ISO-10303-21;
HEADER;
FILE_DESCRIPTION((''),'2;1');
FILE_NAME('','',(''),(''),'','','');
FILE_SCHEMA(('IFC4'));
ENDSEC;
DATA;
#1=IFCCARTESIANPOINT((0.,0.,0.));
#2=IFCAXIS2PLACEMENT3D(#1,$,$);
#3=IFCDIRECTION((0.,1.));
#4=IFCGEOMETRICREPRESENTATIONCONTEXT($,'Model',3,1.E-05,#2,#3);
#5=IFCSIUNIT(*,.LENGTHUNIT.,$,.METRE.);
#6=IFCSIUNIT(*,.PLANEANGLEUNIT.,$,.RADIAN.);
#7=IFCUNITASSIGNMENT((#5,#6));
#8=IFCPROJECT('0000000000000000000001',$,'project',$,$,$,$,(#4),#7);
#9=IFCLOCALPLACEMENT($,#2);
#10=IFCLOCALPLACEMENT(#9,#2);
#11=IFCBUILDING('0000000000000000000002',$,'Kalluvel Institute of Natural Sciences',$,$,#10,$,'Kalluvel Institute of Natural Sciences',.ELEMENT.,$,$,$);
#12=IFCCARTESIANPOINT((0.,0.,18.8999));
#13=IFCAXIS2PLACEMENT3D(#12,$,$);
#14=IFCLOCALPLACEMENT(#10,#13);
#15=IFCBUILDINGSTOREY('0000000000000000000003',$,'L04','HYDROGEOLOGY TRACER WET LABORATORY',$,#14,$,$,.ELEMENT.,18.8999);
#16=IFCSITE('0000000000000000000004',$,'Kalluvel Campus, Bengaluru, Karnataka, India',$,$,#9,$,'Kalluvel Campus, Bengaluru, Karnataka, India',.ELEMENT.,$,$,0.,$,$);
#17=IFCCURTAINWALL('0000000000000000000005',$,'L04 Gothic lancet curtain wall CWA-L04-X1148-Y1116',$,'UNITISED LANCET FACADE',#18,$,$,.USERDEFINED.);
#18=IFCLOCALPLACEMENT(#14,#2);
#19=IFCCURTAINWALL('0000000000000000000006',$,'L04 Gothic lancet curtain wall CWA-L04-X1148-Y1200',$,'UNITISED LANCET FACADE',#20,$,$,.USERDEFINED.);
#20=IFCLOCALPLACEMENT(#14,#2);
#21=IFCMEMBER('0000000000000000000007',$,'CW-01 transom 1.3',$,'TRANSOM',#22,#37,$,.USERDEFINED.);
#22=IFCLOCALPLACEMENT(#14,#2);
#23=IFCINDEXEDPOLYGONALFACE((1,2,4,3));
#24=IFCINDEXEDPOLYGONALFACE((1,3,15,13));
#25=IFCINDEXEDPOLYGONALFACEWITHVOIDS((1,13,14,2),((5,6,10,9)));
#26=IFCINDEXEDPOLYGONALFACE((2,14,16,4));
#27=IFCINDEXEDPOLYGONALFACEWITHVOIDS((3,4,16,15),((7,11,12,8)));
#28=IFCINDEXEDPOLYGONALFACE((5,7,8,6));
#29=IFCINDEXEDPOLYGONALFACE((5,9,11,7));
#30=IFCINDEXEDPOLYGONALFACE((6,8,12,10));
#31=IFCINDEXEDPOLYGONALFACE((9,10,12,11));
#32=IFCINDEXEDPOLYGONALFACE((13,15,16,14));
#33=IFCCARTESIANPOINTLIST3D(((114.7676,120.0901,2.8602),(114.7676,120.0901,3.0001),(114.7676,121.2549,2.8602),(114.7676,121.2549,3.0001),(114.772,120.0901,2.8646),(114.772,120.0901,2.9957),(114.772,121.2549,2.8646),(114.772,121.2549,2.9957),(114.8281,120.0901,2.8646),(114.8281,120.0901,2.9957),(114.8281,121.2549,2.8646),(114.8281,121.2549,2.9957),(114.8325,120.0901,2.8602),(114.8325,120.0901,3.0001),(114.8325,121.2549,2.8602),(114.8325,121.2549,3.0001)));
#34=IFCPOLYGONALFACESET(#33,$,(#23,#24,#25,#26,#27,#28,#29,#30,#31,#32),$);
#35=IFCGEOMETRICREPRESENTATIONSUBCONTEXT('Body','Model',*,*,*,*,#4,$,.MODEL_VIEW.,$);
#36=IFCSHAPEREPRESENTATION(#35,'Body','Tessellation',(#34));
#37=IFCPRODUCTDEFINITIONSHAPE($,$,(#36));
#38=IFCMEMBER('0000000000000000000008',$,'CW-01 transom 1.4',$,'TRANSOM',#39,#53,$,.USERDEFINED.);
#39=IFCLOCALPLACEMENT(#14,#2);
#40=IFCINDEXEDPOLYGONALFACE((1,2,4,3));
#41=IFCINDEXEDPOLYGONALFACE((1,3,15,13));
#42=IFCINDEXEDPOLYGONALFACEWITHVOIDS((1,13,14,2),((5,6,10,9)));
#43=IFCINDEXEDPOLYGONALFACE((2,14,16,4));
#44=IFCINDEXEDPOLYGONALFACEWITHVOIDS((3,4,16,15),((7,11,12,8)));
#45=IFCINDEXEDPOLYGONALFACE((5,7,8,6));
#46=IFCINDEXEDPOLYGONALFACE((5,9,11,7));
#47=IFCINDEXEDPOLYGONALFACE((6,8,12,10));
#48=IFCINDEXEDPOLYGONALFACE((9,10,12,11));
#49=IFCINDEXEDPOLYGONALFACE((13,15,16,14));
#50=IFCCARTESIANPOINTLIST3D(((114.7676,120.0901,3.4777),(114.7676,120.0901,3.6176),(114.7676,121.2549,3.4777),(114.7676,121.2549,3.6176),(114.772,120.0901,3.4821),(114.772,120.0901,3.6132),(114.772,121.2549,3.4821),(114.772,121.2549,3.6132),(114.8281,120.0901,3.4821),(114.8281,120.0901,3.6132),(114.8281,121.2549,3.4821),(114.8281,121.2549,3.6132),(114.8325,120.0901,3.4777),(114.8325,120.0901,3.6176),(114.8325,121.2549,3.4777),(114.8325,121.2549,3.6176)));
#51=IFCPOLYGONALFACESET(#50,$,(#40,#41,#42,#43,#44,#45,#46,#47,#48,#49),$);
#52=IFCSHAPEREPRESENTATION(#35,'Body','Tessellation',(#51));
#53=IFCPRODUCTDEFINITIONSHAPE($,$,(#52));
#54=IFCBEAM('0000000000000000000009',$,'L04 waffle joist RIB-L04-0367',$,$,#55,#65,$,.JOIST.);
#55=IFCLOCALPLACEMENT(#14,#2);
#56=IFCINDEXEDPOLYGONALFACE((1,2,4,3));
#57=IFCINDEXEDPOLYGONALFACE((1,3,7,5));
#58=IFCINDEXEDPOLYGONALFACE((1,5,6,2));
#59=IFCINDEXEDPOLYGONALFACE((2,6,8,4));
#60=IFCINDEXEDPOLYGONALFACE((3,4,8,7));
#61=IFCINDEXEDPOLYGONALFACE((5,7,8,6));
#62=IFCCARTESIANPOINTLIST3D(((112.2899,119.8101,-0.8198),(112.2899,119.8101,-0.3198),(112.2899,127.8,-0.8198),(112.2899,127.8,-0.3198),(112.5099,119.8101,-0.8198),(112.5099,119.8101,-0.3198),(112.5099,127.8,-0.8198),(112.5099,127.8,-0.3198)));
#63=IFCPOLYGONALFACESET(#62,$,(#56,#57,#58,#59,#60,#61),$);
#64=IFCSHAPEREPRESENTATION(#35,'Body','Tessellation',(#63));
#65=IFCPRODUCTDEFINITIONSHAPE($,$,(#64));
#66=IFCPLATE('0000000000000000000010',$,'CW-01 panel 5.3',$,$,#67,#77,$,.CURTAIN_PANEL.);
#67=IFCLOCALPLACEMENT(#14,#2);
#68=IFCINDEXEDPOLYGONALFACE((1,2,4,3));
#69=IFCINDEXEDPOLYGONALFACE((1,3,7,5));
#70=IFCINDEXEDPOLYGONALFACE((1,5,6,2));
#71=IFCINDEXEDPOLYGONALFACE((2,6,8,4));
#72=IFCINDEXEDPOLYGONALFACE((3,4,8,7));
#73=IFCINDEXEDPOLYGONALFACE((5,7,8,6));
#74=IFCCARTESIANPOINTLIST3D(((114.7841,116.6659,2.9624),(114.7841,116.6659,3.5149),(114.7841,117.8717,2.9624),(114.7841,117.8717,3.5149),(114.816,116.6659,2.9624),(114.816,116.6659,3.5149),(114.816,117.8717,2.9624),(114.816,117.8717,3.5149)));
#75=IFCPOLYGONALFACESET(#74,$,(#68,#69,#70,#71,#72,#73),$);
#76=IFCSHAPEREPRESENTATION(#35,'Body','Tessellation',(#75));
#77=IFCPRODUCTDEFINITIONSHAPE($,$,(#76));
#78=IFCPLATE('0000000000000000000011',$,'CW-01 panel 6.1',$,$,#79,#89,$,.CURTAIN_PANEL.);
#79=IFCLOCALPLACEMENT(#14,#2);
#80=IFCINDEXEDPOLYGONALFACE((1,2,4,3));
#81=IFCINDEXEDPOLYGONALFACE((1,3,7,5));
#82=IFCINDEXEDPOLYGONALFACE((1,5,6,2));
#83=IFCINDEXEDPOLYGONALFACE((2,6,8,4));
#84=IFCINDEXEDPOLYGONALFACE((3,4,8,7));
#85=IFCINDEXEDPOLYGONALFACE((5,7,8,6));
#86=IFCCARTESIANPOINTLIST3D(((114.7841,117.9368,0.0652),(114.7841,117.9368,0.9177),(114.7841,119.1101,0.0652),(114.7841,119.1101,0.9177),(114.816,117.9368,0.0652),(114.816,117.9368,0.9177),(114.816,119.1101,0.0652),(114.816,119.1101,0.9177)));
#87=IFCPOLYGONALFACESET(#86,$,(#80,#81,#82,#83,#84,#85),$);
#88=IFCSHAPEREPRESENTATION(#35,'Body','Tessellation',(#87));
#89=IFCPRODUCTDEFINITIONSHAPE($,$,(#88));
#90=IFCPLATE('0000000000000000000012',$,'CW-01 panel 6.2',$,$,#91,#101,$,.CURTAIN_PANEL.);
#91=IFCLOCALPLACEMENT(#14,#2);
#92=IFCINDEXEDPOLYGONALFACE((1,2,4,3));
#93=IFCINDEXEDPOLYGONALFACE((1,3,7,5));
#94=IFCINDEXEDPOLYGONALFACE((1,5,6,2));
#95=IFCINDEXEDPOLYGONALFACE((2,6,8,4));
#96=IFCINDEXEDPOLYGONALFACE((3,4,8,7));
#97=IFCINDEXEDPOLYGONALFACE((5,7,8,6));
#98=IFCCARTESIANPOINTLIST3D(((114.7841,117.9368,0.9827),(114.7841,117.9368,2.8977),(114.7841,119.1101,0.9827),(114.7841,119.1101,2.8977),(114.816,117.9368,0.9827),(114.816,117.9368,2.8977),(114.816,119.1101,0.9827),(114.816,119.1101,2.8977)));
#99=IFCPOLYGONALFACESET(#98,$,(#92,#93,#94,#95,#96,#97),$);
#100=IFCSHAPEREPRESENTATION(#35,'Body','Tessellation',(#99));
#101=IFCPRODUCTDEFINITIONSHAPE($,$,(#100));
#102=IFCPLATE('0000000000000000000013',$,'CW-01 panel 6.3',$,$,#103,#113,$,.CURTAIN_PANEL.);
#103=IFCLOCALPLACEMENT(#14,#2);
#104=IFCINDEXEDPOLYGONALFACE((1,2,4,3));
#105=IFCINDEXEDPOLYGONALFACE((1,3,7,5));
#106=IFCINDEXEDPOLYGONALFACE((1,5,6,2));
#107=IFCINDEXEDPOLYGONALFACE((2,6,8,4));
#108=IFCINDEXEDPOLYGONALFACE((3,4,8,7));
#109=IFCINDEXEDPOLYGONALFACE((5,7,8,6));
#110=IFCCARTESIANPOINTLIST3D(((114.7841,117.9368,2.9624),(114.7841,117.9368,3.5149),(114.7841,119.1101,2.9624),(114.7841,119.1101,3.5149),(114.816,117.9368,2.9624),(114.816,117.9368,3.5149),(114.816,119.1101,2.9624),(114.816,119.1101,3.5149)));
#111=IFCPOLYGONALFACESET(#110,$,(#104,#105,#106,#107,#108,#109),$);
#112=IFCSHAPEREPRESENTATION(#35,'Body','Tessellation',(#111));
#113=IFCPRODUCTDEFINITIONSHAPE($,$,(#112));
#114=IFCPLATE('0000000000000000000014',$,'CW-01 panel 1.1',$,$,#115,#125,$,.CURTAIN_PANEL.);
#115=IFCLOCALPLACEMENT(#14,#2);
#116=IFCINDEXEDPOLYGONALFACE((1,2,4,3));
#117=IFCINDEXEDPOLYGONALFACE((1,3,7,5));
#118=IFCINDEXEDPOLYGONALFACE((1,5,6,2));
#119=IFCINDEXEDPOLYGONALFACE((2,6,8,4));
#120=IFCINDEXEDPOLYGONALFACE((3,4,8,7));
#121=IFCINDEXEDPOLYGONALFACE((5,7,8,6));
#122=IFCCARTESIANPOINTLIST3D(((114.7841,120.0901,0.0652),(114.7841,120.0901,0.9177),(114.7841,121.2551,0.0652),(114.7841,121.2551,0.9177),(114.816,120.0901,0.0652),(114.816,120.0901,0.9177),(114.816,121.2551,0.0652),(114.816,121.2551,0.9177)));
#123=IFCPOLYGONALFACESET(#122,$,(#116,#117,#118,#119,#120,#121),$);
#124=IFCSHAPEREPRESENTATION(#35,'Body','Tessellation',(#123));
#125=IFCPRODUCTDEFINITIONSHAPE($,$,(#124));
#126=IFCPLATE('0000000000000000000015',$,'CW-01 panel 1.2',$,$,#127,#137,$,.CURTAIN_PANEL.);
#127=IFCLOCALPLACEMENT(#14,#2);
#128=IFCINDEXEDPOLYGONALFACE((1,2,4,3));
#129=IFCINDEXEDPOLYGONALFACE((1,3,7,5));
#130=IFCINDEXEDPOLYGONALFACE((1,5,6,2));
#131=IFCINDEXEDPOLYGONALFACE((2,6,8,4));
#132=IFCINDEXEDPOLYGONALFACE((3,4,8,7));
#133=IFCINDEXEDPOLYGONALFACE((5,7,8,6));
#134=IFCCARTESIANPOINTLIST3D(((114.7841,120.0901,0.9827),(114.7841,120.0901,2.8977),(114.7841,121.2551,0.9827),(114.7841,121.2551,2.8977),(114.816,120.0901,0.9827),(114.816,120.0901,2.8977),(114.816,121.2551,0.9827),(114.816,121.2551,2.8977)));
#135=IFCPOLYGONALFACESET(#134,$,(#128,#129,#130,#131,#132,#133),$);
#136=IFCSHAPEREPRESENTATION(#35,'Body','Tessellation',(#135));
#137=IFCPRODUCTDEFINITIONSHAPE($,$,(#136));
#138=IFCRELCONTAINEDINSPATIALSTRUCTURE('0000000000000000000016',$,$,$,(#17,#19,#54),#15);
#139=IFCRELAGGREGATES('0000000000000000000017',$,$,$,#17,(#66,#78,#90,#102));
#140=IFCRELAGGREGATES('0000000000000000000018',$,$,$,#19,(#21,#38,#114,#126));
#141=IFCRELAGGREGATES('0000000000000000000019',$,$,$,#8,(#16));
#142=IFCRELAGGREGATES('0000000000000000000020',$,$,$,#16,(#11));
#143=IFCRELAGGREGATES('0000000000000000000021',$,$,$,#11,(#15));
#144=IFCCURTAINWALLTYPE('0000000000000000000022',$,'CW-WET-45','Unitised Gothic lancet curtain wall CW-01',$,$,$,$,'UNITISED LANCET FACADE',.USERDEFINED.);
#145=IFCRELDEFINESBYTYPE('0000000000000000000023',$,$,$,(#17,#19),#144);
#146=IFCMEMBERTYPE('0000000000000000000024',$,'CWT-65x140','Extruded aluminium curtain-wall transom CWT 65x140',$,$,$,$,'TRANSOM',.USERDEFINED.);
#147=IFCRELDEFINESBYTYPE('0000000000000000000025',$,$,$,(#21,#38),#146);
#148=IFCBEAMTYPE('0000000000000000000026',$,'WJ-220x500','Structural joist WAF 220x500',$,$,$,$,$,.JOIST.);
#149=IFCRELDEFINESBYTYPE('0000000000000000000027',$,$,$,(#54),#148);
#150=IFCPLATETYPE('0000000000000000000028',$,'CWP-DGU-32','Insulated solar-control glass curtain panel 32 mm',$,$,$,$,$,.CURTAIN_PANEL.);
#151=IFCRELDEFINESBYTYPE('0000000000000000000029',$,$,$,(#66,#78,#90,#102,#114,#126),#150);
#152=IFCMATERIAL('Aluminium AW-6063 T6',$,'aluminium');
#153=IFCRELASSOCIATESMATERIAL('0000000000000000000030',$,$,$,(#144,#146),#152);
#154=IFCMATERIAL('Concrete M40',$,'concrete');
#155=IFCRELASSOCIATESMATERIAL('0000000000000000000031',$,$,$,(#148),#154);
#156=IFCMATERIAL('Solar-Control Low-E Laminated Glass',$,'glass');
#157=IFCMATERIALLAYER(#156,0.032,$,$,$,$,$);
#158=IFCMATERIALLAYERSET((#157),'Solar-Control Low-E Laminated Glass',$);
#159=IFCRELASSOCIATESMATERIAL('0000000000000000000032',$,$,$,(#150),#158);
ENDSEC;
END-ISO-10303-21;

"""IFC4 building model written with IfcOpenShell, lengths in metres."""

from ifc_helpers import new_model, si_unit, direction, frame, origin, origin_2d, place, context, subcontext, project, spatial, rectangle, hollow_rectangle, extrude, material, layer, layer_set, material_profile, profile_set, type_object, element, aggregate, save


model = new_model("IFC4")

# Units and contexts
model_context = context("Model", 3, precision=1e-05, world=origin(), true_north=direction((0.0, 1.0)))
body_context = subcontext(model_context, "Body", "Model", "MODEL_VIEW")
ifc_project = project(units=[si_unit("LENGTHUNIT", "METRE"), si_unit("PLANEANGLEUNIT", "RADIAN")], contexts=[model_context])

# Site, building, storey
site_placement = place(None, origin())
site = spatial("IfcSite", under=ifc_project, at=site_placement, Name="Kalluvel Campus, Bengaluru, Karnataka, India", LongName="Kalluvel Campus, Bengaluru, Karnataka, India", CompositionType="ELEMENT", RefElevation=0.0)
building_placement = place(site_placement, origin())
building = spatial("IfcBuilding", under=site, at=building_placement, Name="Kalluvel Institute of Natural Sciences", LongName="Kalluvel Institute of Natural Sciences", CompositionType="ELEMENT")
storey_placement = place(building_placement, frame((0.0, 0.0, 18.8999)))
storey = spatial("IfcBuildingStorey", under=building, at=storey_placement, Name="L04", Description="HYDROGEOLOGY TRACER WET LABORATORY", CompositionType="ELEMENT", Elevation=18.8999)

# Shared definitions
ifc_material_1 = material(Name="Concrete M40", Category="concrete")

# Curtain wall
ifc_material_2 = material(Name="Aluminium AW-6063 T6", Category="aluminium")
curtain_wall_type = type_object("IfcCurtainWallType", Name="CW-WET-45", Description="Unitised Gothic lancet curtain wall CW-01", ElementType="UNITISED LANCET FACADE", PredefinedType="USERDEFINED", material=ifc_material_2)
curtain_wall_1_placement = place(storey_placement, origin())
curtain_wall_1 = element("IfcCurtainWall", 1, at=curtain_wall_1_placement, inside=storey, type_object=curtain_wall_type, Name="L04 Gothic lancet curtain wall CWA-L04-X1148-Y1116", ObjectType="UNITISED LANCET FACADE", PredefinedType="USERDEFINED")

# Curtain wall
curtain_wall_2_placement = place(storey_placement, origin())
curtain_wall_2 = element("IfcCurtainWall", 2, at=curtain_wall_2_placement, inside=storey, type_object=curtain_wall_type, Name="L04 Gothic lancet curtain wall CWA-L04-X1148-Y1200", ObjectType="UNITISED LANCET FACADE", PredefinedType="USERDEFINED")

# Members
ifc_material_profile_1 = material_profile(ifc_material_2, hollow_rectangle(XDim=0.0649, YDim=0.1399, WallThickness=0.0044, at=origin_2d()), Name="CWT 65x140")
ifc_profile_set_1 = profile_set([ifc_material_profile_1], Name="Aluminium AW-6063 T6")
member_type_1 = type_object("IfcMemberType", Name="CWT-65x140", Description="Extruded aluminium curtain-wall transom CWT 65x140", ElementType="TRANSOM", PredefinedType="USERDEFINED", material=ifc_profile_set_1)
member_1_placement = place(storey_placement, frame((114.8, 120.0901, 2.9302), z_axis=(0.0, 1.0, 0.0), x_axis=(-1.0, 0.0, 0.0)))
member_1 = element("IfcMember", 3, at=member_1_placement, type_object=member_type_1, Name="CW-01 transom 1.3", ObjectType="TRANSOM", PredefinedType="USERDEFINED", context=body_context, shape_type="SweptSolid", body=[
    extrude(hollow_rectangle(XDim=0.0649, YDim=0.1399, WallThickness=0.0044, at=origin_2d()), origin(), (0.0, 0.0, 1.0), 1.1648),
])
member_2_placement = place(storey_placement, frame((114.8, 120.0901, 3.5476), z_axis=(0.0, 1.0, 0.0), x_axis=(-1.0, 0.0, 0.0)))
member_2 = element("IfcMember", 4, at=member_2_placement, type_object=member_type_1, Name="CW-01 transom 1.4", ObjectType="TRANSOM", PredefinedType="USERDEFINED", context=body_context, shape_type="SweptSolid", body=[
    extrude(hollow_rectangle(XDim=0.0649, YDim=0.1399, WallThickness=0.0044, at=origin_2d()), origin(), (0.0, 0.0, 1.0), 1.1648),
])

# Beam
ifc_material_profile_2 = material_profile(ifc_material_1, rectangle(XDim=0.22, YDim=0.5, at=origin_2d()), Name="WAF 220x500")
ifc_profile_set_2 = profile_set([ifc_material_profile_2], Name="Concrete M40")
beam_type_1 = type_object("IfcBeamType", Name="WJ-220x500", Description="Structural joist WAF 220x500", PredefinedType="JOIST", material=ifc_profile_set_2)
beam_1_placement = place(storey_placement, frame((112.3999, 119.8101, -0.5698), z_axis=(0.0, 1.0, 0.0), x_axis=(-1.0, 0.0, 0.0)))
element("IfcBeam", 5, at=beam_1_placement, inside=storey, type_object=beam_type_1, Name="L04 waffle joist RIB-L04-0367", PredefinedType="JOIST", context=body_context, shape_type="SweptSolid", body=[
    extrude(rectangle(XDim=0.22, YDim=0.5, at=origin_2d()), origin(), (0.0, 0.0, 1.0), 7.99),
])

# Plates
ifc_material_3 = material(Name="Solar-Control Low-E Laminated Glass", Category="glass")
ifc_layer = layer(ifc_material_3, 0.032)
ifc_layer_set = layer_set([ifc_layer], Name="Solar-Control Low-E Laminated Glass")
plate_type = type_object("IfcPlateType", Name="CWP-DGU-32", Description="Insulated solar-control glass curtain panel 32 mm", PredefinedType="CURTAIN_PANEL", material=ifc_layer_set)
plate_1_placement = place(storey_placement, frame((114.8, 117.2688, 2.9624), z_axis=(0.0, 0.0, 1.0), x_axis=(0.0, 1.0, 0.0)))
plate_1 = element("IfcPlate", 6, at=plate_1_placement, type_object=plate_type, Name="CW-01 panel 5.3", PredefinedType="CURTAIN_PANEL", context=body_context, shape_type="SweptSolid", body=[
    extrude(rectangle(XDim=1.2058, YDim=0.032, at=origin_2d()), origin(), (0.0, 0.0, 1.0), 0.5525),
])
plate_2_placement = place(storey_placement, frame((114.8, 118.5234, 0.0652), z_axis=(0.0, 0.0, 1.0), x_axis=(0.0, 1.0, 0.0)))
plate_2 = element("IfcPlate", 7, at=plate_2_placement, type_object=plate_type, Name="CW-01 panel 6.1", PredefinedType="CURTAIN_PANEL", context=body_context, shape_type="SweptSolid", body=[
    extrude(rectangle(XDim=1.1733, YDim=0.032, at=origin_2d()), origin(), (0.0, 0.0, 1.0), 0.8525),
])
plate_3_placement = place(storey_placement, frame((114.8, 118.5234, 0.9827), z_axis=(0.0, 0.0, 1.0), x_axis=(0.0, 1.0, 0.0)))
plate_3 = element("IfcPlate", 8, at=plate_3_placement, type_object=plate_type, Name="CW-01 panel 6.2", PredefinedType="CURTAIN_PANEL", context=body_context, shape_type="SweptSolid", body=[
    extrude(rectangle(XDim=1.1733, YDim=0.032, at=origin_2d()), origin(), (0.0, 0.0, 1.0), 1.915),
])
plate_4_placement = place(storey_placement, frame((114.8, 118.5234, 2.9624), z_axis=(0.0, 0.0, 1.0), x_axis=(0.0, 1.0, 0.0)))
plate_4 = element("IfcPlate", 9, at=plate_4_placement, type_object=plate_type, Name="CW-01 panel 6.3", PredefinedType="CURTAIN_PANEL", context=body_context, shape_type="SweptSolid", body=[
    extrude(rectangle(XDim=1.1733, YDim=0.032, at=origin_2d()), origin(), (0.0, 0.0, 1.0), 0.5525),
])
aggregate(curtain_wall_1, [plate_1, plate_2, plate_3, plate_4])
plate_5_placement = place(storey_placement, frame((114.8, 120.6726, 0.0652), z_axis=(0.0, 0.0, 1.0), x_axis=(0.0, 1.0, 0.0)))
plate_5 = element("IfcPlate", 10, at=plate_5_placement, type_object=plate_type, Name="CW-01 panel 1.1", PredefinedType="CURTAIN_PANEL", context=body_context, shape_type="SweptSolid", body=[
    extrude(rectangle(XDim=1.165, YDim=0.032, at=origin_2d()), origin(), (0.0, 0.0, 1.0), 0.8525),
])
plate_6_placement = place(storey_placement, frame((114.8, 120.6726, 0.9827), z_axis=(0.0, 0.0, 1.0), x_axis=(0.0, 1.0, 0.0)))
plate_6 = element("IfcPlate", 11, at=plate_6_placement, type_object=plate_type, Name="CW-01 panel 1.2", PredefinedType="CURTAIN_PANEL", context=body_context, shape_type="SweptSolid", body=[
    extrude(rectangle(XDim=1.165, YDim=0.032, at=origin_2d()), origin(), (0.0, 0.0, 1.0), 1.915),
])
aggregate(curtain_wall_2, [member_1, member_2, plate_5, plate_6])

save(model, "model.ifc")
